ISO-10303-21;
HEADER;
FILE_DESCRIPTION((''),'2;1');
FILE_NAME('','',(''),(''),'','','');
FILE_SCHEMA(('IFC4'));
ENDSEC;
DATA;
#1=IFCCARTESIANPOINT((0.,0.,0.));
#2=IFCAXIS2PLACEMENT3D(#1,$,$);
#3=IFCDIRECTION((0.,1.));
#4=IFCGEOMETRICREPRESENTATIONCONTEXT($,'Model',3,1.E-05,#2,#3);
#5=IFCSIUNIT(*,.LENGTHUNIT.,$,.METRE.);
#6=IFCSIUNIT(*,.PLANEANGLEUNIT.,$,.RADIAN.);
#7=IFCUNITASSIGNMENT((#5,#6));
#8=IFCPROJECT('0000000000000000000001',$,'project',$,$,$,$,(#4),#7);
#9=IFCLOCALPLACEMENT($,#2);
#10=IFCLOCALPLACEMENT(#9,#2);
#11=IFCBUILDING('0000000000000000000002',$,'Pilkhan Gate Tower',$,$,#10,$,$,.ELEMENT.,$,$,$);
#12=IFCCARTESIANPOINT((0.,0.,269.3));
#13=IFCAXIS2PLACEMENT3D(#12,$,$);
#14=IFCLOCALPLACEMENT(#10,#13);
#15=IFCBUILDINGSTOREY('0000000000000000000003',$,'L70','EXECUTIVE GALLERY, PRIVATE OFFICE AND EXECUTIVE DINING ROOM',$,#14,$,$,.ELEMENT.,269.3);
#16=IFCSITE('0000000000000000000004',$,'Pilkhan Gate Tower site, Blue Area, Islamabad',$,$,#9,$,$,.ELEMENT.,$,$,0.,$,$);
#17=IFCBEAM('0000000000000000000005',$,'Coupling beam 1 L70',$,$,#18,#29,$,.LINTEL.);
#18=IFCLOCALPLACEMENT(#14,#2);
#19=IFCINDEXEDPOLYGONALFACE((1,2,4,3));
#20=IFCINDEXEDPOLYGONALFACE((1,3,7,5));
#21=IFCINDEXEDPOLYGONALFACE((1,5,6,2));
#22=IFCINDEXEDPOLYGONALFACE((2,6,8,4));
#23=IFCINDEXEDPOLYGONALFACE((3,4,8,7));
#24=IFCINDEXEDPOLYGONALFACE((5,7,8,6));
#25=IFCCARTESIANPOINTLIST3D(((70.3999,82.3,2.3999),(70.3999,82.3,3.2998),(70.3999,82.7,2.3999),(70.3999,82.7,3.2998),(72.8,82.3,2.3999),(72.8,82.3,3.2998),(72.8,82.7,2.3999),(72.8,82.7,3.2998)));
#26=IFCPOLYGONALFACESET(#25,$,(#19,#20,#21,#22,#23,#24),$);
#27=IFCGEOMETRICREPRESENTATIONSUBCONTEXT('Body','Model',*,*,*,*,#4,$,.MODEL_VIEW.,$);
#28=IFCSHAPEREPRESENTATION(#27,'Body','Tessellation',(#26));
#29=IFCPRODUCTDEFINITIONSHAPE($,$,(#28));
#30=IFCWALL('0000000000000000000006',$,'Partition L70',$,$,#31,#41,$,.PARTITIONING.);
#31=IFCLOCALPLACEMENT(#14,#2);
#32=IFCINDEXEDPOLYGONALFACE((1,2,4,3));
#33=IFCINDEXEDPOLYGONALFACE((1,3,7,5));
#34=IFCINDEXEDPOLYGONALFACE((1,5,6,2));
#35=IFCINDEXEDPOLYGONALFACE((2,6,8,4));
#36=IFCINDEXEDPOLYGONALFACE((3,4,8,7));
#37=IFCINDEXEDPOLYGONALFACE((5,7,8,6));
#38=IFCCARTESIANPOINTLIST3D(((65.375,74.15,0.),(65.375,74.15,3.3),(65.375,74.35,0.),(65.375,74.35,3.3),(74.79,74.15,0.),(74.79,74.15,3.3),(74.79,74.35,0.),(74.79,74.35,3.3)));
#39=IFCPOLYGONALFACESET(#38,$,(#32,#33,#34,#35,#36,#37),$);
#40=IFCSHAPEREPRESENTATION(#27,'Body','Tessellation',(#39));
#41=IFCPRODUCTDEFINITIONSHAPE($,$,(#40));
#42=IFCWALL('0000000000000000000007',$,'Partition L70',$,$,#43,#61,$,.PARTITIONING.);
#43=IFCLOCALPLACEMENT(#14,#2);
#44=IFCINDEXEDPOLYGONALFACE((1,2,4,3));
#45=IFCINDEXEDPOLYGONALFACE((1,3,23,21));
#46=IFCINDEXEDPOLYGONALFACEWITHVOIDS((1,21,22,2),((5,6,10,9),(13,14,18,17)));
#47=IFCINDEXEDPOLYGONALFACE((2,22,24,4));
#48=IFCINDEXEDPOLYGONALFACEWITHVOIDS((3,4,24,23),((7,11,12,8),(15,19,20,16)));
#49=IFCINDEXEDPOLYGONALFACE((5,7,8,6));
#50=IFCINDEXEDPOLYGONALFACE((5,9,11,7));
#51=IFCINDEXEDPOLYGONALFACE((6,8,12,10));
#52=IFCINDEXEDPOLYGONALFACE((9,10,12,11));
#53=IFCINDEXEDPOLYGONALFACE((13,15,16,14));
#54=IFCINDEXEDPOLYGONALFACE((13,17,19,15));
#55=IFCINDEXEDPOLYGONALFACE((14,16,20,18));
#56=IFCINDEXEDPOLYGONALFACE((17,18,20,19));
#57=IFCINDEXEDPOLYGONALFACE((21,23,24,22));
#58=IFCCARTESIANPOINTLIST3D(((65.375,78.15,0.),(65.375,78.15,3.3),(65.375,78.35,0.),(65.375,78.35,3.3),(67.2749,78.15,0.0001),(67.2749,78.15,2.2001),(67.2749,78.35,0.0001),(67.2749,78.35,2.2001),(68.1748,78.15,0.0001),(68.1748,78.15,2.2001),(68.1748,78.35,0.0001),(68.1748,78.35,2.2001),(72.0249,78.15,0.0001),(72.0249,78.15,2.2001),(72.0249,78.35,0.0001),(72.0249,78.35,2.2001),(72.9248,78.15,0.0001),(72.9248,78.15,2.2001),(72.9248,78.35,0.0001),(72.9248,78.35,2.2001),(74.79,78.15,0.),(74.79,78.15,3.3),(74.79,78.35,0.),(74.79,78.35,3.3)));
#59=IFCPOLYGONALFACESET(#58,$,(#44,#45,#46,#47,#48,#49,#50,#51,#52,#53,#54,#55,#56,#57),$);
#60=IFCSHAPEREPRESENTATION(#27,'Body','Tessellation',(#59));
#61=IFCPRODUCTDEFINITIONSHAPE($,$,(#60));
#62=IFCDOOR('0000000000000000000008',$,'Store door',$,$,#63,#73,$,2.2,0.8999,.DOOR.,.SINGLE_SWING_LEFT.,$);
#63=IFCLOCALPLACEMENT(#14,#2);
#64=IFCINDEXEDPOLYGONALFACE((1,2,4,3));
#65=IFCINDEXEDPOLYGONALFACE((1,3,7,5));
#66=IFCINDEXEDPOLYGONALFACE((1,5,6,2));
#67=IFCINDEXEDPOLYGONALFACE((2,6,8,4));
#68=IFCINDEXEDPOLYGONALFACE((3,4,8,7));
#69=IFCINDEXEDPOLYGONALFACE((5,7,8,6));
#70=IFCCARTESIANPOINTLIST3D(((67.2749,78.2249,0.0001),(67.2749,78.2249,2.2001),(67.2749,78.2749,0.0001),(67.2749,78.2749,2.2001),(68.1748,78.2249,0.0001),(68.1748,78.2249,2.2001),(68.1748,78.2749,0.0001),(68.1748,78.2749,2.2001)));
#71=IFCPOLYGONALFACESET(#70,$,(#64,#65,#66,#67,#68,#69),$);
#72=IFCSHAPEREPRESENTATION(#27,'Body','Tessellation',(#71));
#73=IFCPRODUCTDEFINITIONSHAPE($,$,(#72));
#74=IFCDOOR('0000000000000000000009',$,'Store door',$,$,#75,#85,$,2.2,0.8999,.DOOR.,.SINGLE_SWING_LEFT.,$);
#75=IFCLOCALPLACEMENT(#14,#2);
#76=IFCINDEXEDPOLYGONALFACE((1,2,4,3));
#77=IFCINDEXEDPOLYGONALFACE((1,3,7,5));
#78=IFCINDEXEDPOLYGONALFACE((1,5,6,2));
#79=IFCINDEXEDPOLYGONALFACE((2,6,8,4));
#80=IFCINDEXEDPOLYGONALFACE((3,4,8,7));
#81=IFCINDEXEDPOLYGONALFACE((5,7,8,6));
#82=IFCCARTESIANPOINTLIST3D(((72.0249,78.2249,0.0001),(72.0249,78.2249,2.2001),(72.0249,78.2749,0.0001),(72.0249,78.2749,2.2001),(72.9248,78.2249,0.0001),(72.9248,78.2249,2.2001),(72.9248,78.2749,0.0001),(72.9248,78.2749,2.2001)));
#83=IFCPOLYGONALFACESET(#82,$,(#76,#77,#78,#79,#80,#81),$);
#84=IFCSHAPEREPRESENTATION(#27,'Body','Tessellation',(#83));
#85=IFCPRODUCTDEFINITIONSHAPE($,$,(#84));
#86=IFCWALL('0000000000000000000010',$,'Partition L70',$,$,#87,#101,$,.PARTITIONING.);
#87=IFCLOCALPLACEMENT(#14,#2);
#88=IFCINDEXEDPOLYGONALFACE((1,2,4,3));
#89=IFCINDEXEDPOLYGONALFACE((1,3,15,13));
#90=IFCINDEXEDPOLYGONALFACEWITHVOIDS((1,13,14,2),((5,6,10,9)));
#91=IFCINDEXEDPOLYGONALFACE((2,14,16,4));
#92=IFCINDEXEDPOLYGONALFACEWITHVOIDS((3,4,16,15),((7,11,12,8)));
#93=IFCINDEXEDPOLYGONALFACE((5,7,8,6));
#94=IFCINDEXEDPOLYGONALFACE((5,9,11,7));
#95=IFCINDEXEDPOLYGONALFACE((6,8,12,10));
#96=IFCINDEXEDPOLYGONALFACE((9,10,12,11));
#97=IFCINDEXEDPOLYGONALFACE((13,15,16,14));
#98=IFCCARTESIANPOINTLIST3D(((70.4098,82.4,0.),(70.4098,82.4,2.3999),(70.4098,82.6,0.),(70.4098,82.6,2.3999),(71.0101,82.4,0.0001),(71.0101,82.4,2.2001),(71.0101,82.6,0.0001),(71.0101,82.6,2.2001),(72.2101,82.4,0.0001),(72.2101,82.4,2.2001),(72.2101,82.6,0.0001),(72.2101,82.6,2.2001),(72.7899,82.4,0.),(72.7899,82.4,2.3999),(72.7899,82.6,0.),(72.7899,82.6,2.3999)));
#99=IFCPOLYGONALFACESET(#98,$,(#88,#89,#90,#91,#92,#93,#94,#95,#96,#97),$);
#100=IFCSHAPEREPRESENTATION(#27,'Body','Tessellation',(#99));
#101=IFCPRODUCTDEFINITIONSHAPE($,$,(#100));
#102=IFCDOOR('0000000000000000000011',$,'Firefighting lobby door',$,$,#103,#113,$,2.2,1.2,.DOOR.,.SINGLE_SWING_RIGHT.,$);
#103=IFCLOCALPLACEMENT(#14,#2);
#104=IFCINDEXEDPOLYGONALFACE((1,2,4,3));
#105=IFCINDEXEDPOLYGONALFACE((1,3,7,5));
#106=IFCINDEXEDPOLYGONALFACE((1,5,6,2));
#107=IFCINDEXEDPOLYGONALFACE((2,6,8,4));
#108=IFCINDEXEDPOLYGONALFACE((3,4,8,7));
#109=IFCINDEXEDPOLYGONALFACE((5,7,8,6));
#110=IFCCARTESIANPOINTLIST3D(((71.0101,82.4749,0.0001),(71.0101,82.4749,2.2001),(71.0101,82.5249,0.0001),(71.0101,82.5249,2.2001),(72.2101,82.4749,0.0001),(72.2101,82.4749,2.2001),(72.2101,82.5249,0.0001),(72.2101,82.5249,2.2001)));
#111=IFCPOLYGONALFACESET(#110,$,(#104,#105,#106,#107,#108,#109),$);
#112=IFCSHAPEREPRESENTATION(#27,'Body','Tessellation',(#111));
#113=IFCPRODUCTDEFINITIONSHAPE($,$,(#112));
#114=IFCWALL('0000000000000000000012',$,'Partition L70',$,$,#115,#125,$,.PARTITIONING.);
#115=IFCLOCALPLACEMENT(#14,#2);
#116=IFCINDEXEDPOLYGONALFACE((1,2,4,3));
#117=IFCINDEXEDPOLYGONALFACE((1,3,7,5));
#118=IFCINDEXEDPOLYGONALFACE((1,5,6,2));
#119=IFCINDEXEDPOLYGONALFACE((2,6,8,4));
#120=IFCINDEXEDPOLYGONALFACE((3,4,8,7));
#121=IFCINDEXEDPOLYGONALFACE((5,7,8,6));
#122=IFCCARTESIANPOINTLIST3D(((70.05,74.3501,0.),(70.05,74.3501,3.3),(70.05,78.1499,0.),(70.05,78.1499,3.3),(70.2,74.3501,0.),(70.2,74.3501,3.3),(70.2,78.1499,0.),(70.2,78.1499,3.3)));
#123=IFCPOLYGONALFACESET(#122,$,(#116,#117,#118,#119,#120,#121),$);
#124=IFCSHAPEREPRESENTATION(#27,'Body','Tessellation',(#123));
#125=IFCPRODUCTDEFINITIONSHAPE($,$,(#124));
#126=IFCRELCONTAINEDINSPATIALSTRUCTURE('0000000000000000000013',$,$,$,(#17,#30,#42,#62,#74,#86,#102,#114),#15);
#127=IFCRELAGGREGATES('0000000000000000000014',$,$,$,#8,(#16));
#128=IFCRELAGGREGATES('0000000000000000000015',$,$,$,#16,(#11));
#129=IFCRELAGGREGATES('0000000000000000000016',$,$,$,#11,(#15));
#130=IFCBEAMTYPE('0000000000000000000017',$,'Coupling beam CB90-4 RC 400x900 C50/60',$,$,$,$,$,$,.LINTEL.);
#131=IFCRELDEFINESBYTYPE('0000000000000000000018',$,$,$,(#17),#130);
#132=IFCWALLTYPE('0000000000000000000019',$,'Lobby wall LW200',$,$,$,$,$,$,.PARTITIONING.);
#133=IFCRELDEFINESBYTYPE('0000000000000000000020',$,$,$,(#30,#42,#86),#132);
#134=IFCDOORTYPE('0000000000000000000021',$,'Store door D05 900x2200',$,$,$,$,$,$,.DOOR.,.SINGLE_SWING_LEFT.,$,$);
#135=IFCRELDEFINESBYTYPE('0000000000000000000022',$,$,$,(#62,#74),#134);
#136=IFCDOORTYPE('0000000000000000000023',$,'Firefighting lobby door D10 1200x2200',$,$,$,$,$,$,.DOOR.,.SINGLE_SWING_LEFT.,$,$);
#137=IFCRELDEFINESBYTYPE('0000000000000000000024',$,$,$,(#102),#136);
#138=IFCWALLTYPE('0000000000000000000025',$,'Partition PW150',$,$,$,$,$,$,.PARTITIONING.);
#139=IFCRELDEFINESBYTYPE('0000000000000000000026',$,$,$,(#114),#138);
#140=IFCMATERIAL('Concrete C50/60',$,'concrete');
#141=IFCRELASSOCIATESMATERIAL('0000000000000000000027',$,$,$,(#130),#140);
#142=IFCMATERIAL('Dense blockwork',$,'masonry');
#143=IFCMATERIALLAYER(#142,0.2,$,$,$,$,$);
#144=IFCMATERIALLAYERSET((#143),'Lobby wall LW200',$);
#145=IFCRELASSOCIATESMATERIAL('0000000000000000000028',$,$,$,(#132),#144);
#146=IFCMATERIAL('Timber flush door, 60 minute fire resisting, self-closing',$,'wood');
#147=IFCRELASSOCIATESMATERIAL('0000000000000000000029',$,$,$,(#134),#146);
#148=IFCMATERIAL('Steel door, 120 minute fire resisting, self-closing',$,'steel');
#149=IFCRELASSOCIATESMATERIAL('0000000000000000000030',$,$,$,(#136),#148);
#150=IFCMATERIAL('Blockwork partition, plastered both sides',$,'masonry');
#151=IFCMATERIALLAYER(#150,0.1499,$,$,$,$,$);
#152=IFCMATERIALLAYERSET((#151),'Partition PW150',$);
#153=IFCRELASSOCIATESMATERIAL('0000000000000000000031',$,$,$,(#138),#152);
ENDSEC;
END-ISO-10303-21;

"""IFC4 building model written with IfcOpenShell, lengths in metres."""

from ifc_helpers import new_model, si_unit, direction, frame, frame_2d, origin, origin_2d, place, context, subcontext, project, spatial, rectangle, extrude, material, layer, layer_set, material_profile, profile_set, type_object, element, fill, save


model = new_model("IFC4")

# Units and contexts
model_context = context("Model", 3, precision=1e-05, world=origin(), true_north=direction((0.0, 1.0)))
body_context = subcontext(model_context, "Body", "Model", "MODEL_VIEW")
ifc_project = project(units=[si_unit("LENGTHUNIT", "METRE"), si_unit("PLANEANGLEUNIT", "RADIAN")], contexts=[model_context])

# Site, building, storey
site_placement = place(None, origin())
site = spatial("IfcSite", under=ifc_project, at=site_placement, Name="Pilkhan Gate Tower site, Blue Area, Islamabad", CompositionType="ELEMENT", RefElevation=0.0)
building_placement = place(site_placement, origin())
building = spatial("IfcBuilding", under=site, at=building_placement, Name="Pilkhan Gate Tower", CompositionType="ELEMENT")
storey_placement = place(building_placement, frame((0.0, 0.0, 269.3)))
storey = spatial("IfcBuildingStorey", under=building, at=storey_placement, Name="L70", Description="EXECUTIVE GALLERY, PRIVATE OFFICE AND EXECUTIVE DINING ROOM", CompositionType="ELEMENT", Elevation=269.3)

# Beam
ifc_material_1 = material(Name="Concrete C50/60", Category="concrete")
ifc_material_profile = material_profile(ifc_material_1, rectangle(XDim=0.3999, YDim=0.8999, at=origin_2d()), Name="RC 400x900")
ifc_profile_set = profile_set([ifc_material_profile], Name="Concrete C50/60")
beam_type = type_object("IfcBeamType", Name="Coupling beam CB90-4 RC 400x900 C50/60", PredefinedType="LINTEL", material=ifc_profile_set)
beam_placement = place(storey_placement, frame((70.3999, 82.5, 2.8499), z_axis=(1.0, 0.0, 0.0), x_axis=(0.0, 1.0, 0.0)))
element("IfcBeam", 1, at=beam_placement, inside=storey, type_object=beam_type, Name="Coupling beam 1 L70", PredefinedType="LINTEL", context=body_context, shape_type="SweptSolid", body=[
    extrude(rectangle(XDim=0.3999, YDim=0.8999, at=origin_2d()), origin(), (0.0, 0.0, 1.0), 2.4001),
])

# Wall
ifc_material_2 = material(Name="Dense blockwork", Category="masonry")
ifc_layer_1 = layer(ifc_material_2, 0.2)
ifc_layer_set_1 = layer_set([ifc_layer_1], Name="Lobby wall LW200")
wall_type_1 = type_object("IfcWallType", Name="Lobby wall LW200", PredefinedType="PARTITIONING", material=ifc_layer_set_1)
wall_1_placement = place(storey_placement, frame((65.375, 74.25, 0.0), z_axis=(0.0, 0.0, 1.0), x_axis=(1.0, 0.0, 0.0)))
element("IfcWall", 2, at=wall_1_placement, inside=storey, type_object=wall_type_1, Name="Partition L70", PredefinedType="PARTITIONING", context=body_context, shape_type="SweptSolid", body=[
    extrude(rectangle(XDim=9.415, YDim=0.2, at=frame_2d((4.7075, 0.0))), origin(), (0.0, 0.0, 1.0), 3.3),
])

# Wall, openings, doors
wall_2_placement = place(storey_placement, frame((65.375, 78.25, 0.0), z_axis=(0.0, 0.0, 1.0), x_axis=(1.0, 0.0, 0.0)))
wall_2 = element("IfcWall", 3, at=wall_2_placement, inside=storey, type_object=wall_type_1, Name="Partition L70", PredefinedType="PARTITIONING", context=body_context, shape_type="SweptSolid", body=[
    extrude(rectangle(XDim=9.415, YDim=0.2, at=frame_2d((4.7075, 0.0))), origin(), (0.0, 0.0, 1.0), 3.3),
])
opening_1_placement = place(wall_2_placement, frame((1.8999, 0.0, 0.0)))
opening_1 = element("IfcOpeningElement", 4, at=opening_1_placement, cuts=wall_2, PredefinedType="OPENING", context=body_context, shape_type="SweptSolid", body=[
    extrude(rectangle(XDim=0.8999, YDim=2.2, at=frame_2d((0.45, 1.1001))), frame((0.0, 0.1099, 0.0), z_axis=(0.0, -1.0, 0.0), x_axis=(1.0, 0.0, 0.0)), (0.0, 0.0, 1.0), 0.22),
])
opening_2_placement = place(wall_2_placement, frame((6.6499, 0.0, 0.0)))
opening_2 = element("IfcOpeningElement", 5, at=opening_2_placement, cuts=wall_2, PredefinedType="OPENING", context=body_context, shape_type="SweptSolid", body=[
    extrude(rectangle(XDim=0.8999, YDim=2.2, at=frame_2d((0.45, 1.1001))), frame((0.0, 0.1099, 0.0), z_axis=(0.0, -1.0, 0.0), x_axis=(1.0, 0.0, 0.0)), (0.0, 0.0, 1.0), 0.22),
])
ifc_material_3 = material(Name="Timber flush door, 60 minute fire resisting, self-closing", Category="wood")
door_type_1 = type_object("IfcDoorType", Name="Store door D05 900x2200", OperationType="SINGLE_SWING_LEFT", PredefinedType="DOOR", material=ifc_material_3)
door_1_placement = place(opening_1_placement, origin())
door_1 = element("IfcDoor", 6, at=door_1_placement, inside=storey, type_object=door_type_1, Name="Store door", OperationType="SINGLE_SWING_LEFT", OverallHeight=2.2, OverallWidth=0.8999, PredefinedType="DOOR", context=body_context, shape_type="SweptSolid", body=[
    extrude(rectangle(XDim=0.8999, YDim=2.2, at=frame_2d((0.45, 1.1001))), frame((0.0, 0.0249, 0.0), z_axis=(0.0, -1.0, 0.0), x_axis=(1.0, 0.0, 0.0)), (0.0, 0.0, 1.0), 0.05),
])
fill(opening_1, door_1)
door_2_placement = place(opening_2_placement, origin())
door_2 = element("IfcDoor", 7, at=door_2_placement, inside=storey, type_object=door_type_1, Name="Store door", OperationType="SINGLE_SWING_LEFT", OverallHeight=2.2, OverallWidth=0.8999, PredefinedType="DOOR", context=body_context, shape_type="SweptSolid", body=[
    extrude(rectangle(XDim=0.8999, YDim=2.2, at=frame_2d((0.45, 1.1001))), frame((0.0, 0.0249, 0.0), z_axis=(0.0, -1.0, 0.0), x_axis=(1.0, 0.0, 0.0)), (0.0, 0.0, 1.0), 0.05),
])
fill(opening_2, door_2)

# Wall, opening, door
wall_3_placement = place(storey_placement, frame((70.4099, 82.5, 0.0), z_axis=(0.0, 0.0, 1.0), x_axis=(1.0, 0.0, 0.0)))
wall_3 = element("IfcWall", 8, at=wall_3_placement, inside=storey, type_object=wall_type_1, Name="Partition L70", PredefinedType="PARTITIONING", context=body_context, shape_type="SweptSolid", body=[
    extrude(rectangle(XDim=2.3801, YDim=0.2, at=frame_2d((1.1899, 0.0))), origin(), (0.0, 0.0, 1.0), 2.3999),
])
opening_3_placement = place(wall_3_placement, frame((0.6001, 0.0, 0.0)))
opening_3 = element("IfcOpeningElement", 9, at=opening_3_placement, cuts=wall_3, PredefinedType="OPENING", context=body_context, shape_type="SweptSolid", body=[
    extrude(rectangle(XDim=1.2, YDim=2.2, at=frame_2d((0.6001, 1.1001))), frame((0.0, 0.1099, 0.0), z_axis=(0.0, -1.0, 0.0), x_axis=(1.0, 0.0, 0.0)), (0.0, 0.0, 1.0), 0.22),
])
ifc_material_4 = material(Name="Steel door, 120 minute fire resisting, self-closing", Category="steel")
door_type_2 = type_object("IfcDoorType", Name="Firefighting lobby door D10 1200x2200", OperationType="SINGLE_SWING_LEFT", PredefinedType="DOOR", material=ifc_material_4)
door_3_placement = place(opening_3_placement, origin())
door_3 = element("IfcDoor", 10, at=door_3_placement, inside=storey, type_object=door_type_2, Name="Firefighting lobby door", OperationType="SINGLE_SWING_RIGHT", OverallHeight=2.2, OverallWidth=1.2, PredefinedType="DOOR", context=body_context, shape_type="SweptSolid", body=[
    extrude(rectangle(XDim=1.2, YDim=2.2, at=frame_2d((0.6001, 1.1001))), frame((0.0, 0.0249, 0.0), z_axis=(0.0, -1.0, 0.0), x_axis=(1.0, 0.0, 0.0)), (0.0, 0.0, 1.0), 0.05),
])
fill(opening_3, door_3)

# Wall
ifc_material_5 = material(Name="Blockwork partition, plastered both sides", Category="masonry")
ifc_layer_2 = layer(ifc_material_5, 0.1499)
ifc_layer_set_2 = layer_set([ifc_layer_2], Name="Partition PW150")
wall_type_2 = type_object("IfcWallType", Name="Partition PW150", PredefinedType="PARTITIONING", material=ifc_layer_set_2)
wall_4_placement = place(storey_placement, frame((70.125, 74.3501, 0.0), z_axis=(0.0, 0.0, 1.0), x_axis=(0.0, 1.0, 0.0)))
element("IfcWall", 11, at=wall_4_placement, inside=storey, type_object=wall_type_2, Name="Partition L70", PredefinedType="PARTITIONING", context=body_context, shape_type="SweptSolid", body=[
    extrude(rectangle(XDim=3.7998, YDim=0.1499, at=frame_2d((1.8999, 0.0))), origin(), (0.0, 0.0, 1.0), 3.3),
])

save(model, "model.ifc")
